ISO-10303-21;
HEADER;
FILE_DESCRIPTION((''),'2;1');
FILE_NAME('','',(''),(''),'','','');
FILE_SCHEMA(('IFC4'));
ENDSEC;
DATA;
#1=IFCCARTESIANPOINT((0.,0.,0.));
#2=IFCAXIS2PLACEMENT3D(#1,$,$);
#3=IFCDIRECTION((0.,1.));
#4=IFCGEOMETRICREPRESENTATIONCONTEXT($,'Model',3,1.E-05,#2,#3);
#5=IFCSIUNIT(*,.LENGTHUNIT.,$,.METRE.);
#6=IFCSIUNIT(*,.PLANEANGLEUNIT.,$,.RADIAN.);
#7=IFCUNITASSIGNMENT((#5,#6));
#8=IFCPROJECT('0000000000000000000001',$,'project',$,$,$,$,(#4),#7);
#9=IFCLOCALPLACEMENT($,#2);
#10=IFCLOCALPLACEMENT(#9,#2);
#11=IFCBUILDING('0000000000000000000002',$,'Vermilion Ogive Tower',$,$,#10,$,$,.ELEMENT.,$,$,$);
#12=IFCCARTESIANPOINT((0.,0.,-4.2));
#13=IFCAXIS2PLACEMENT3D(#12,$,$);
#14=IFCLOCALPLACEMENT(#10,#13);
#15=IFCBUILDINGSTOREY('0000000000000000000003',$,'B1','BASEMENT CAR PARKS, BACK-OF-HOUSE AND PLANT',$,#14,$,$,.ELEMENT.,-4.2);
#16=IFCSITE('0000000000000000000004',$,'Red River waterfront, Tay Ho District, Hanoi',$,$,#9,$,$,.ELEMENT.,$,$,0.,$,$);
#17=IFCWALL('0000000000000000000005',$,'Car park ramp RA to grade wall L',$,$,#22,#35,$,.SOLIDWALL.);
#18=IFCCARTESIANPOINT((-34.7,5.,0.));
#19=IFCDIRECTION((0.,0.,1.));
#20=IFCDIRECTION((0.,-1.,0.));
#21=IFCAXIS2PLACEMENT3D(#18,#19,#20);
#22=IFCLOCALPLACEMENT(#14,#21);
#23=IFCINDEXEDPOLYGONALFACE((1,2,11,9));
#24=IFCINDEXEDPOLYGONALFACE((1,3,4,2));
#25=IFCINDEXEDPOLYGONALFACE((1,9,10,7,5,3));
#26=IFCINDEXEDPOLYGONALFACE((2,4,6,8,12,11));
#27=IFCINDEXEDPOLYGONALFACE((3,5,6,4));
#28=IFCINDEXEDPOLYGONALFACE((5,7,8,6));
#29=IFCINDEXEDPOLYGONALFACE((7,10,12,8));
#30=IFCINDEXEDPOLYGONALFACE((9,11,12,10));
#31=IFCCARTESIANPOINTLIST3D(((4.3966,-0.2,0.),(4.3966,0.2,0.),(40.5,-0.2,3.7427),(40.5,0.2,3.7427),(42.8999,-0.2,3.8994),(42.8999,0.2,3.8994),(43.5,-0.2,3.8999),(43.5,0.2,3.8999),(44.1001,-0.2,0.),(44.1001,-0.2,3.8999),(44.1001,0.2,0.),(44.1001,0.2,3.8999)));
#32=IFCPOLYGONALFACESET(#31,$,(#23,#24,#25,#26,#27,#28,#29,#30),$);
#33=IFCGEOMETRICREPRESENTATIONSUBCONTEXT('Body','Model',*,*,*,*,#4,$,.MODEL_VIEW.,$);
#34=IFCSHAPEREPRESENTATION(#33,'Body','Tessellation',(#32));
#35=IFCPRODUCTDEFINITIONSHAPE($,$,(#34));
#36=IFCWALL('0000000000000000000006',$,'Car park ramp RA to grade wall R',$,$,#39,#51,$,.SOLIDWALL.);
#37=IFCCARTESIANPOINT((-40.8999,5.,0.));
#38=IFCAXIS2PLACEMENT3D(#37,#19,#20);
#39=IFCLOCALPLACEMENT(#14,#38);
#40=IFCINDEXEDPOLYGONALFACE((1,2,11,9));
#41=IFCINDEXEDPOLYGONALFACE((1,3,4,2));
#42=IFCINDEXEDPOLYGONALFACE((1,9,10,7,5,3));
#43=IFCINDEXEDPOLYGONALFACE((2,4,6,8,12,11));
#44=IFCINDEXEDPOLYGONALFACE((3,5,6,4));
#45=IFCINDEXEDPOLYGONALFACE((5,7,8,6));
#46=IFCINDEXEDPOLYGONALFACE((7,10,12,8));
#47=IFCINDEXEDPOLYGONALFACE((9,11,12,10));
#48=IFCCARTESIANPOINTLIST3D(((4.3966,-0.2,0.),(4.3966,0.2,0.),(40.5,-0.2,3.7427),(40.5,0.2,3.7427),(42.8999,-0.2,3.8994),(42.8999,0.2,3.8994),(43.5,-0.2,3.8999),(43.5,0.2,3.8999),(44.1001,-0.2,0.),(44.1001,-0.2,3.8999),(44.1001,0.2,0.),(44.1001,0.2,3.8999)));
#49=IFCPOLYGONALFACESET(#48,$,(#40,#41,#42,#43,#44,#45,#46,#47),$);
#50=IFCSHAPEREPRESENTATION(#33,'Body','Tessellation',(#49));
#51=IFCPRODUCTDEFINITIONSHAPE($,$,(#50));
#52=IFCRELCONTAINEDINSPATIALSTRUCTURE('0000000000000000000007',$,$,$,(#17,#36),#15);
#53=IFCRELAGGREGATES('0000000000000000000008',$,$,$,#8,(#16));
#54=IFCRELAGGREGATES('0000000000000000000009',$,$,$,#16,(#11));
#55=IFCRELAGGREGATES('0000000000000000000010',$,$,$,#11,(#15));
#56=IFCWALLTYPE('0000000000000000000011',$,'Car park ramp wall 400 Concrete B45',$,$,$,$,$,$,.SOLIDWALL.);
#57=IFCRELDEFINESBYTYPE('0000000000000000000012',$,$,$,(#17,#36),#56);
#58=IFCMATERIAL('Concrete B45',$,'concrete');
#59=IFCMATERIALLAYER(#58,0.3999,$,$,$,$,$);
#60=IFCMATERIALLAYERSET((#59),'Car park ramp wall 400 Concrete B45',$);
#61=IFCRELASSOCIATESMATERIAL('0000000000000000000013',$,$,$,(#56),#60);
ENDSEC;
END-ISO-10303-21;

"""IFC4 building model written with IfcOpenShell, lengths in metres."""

from ifc_helpers import new_model, si_unit, direction, frame, origin, place, context, subcontext, project, spatial, polyline, outline, extrude, material, layer, layer_set, type_object, element, save


model = new_model("IFC4")

# Units and contexts
model_context = context("Model", 3, precision=1e-05, world=origin(), true_north=direction((0.0, 1.0)))
body_context = subcontext(model_context, "Body", "Model", "MODEL_VIEW")
ifc_project = project(units=[si_unit("LENGTHUNIT", "METRE"), si_unit("PLANEANGLEUNIT", "RADIAN")], contexts=[model_context])

# Site, building, storey
site_placement = place(None, origin())
site = spatial("IfcSite", under=ifc_project, at=site_placement, Name="Red River waterfront, Tay Ho District, Hanoi", CompositionType="ELEMENT", RefElevation=0.0)
building_placement = place(site_placement, origin())
building = spatial("IfcBuilding", under=site, at=building_placement, Name="Vermilion Ogive Tower", CompositionType="ELEMENT")
storey_placement = place(building_placement, frame((0.0, 0.0, -4.2)))
storey = spatial("IfcBuildingStorey", under=building, at=storey_placement, Name="B1", Description="BASEMENT CAR PARKS, BACK-OF-HOUSE AND PLANT", CompositionType="ELEMENT", Elevation=-4.2)

# Walls
ifc_material_1 = material(Name="Concrete B45", Category="concrete")
ifc_layer_1 = layer(ifc_material_1, 0.3999)
ifc_layer_set_1 = layer_set([ifc_layer_1], Name="Car park ramp wall 400 Concrete B45")
wall_type_1 = type_object("IfcWallType", Name="Car park ramp wall 400 Concrete B45", PredefinedType="SOLIDWALL", material=ifc_layer_set_1)
for number, where, z_axis, x_axis, name in (
    (1, (-34.7, 5.0, 0.0), (0.0, 0.0, 1.0), (0.0, -1.0, 0.0), "Car park ramp RA to grade wall L"),
    (2, (-40.8999, 5.0, 0.0), (0.0, 0.0, 1.0), (0.0, -1.0, 0.0), "Car park ramp RA to grade wall R"),
):
    element("IfcWall", number, at=place(storey_placement, frame(where, z_axis=z_axis, x_axis=x_axis)), inside=storey, type_object=wall_type_1, Name=name, PredefinedType="SOLIDWALL", context=body_context, shape_type="SweptSolid", body=[
        extrude(outline(polyline([(0.0, 0.0), (44.1001, 0.0), (44.1001, 3.8999), (43.5, 3.8999), (42.8999, 3.8994), (40.5, 3.7427), (3.0, -0.1448), (0.0, -0.3005), (0.0, 0.0)])), frame((0.0, 0.2, 0.0), z_axis=(0.0, -1.0, 0.0), x_axis=(1.0, 0.0, 0.0)), (0.0, 0.0, 1.0), 0.3999),
    ])

save(model, "model.ifc")
